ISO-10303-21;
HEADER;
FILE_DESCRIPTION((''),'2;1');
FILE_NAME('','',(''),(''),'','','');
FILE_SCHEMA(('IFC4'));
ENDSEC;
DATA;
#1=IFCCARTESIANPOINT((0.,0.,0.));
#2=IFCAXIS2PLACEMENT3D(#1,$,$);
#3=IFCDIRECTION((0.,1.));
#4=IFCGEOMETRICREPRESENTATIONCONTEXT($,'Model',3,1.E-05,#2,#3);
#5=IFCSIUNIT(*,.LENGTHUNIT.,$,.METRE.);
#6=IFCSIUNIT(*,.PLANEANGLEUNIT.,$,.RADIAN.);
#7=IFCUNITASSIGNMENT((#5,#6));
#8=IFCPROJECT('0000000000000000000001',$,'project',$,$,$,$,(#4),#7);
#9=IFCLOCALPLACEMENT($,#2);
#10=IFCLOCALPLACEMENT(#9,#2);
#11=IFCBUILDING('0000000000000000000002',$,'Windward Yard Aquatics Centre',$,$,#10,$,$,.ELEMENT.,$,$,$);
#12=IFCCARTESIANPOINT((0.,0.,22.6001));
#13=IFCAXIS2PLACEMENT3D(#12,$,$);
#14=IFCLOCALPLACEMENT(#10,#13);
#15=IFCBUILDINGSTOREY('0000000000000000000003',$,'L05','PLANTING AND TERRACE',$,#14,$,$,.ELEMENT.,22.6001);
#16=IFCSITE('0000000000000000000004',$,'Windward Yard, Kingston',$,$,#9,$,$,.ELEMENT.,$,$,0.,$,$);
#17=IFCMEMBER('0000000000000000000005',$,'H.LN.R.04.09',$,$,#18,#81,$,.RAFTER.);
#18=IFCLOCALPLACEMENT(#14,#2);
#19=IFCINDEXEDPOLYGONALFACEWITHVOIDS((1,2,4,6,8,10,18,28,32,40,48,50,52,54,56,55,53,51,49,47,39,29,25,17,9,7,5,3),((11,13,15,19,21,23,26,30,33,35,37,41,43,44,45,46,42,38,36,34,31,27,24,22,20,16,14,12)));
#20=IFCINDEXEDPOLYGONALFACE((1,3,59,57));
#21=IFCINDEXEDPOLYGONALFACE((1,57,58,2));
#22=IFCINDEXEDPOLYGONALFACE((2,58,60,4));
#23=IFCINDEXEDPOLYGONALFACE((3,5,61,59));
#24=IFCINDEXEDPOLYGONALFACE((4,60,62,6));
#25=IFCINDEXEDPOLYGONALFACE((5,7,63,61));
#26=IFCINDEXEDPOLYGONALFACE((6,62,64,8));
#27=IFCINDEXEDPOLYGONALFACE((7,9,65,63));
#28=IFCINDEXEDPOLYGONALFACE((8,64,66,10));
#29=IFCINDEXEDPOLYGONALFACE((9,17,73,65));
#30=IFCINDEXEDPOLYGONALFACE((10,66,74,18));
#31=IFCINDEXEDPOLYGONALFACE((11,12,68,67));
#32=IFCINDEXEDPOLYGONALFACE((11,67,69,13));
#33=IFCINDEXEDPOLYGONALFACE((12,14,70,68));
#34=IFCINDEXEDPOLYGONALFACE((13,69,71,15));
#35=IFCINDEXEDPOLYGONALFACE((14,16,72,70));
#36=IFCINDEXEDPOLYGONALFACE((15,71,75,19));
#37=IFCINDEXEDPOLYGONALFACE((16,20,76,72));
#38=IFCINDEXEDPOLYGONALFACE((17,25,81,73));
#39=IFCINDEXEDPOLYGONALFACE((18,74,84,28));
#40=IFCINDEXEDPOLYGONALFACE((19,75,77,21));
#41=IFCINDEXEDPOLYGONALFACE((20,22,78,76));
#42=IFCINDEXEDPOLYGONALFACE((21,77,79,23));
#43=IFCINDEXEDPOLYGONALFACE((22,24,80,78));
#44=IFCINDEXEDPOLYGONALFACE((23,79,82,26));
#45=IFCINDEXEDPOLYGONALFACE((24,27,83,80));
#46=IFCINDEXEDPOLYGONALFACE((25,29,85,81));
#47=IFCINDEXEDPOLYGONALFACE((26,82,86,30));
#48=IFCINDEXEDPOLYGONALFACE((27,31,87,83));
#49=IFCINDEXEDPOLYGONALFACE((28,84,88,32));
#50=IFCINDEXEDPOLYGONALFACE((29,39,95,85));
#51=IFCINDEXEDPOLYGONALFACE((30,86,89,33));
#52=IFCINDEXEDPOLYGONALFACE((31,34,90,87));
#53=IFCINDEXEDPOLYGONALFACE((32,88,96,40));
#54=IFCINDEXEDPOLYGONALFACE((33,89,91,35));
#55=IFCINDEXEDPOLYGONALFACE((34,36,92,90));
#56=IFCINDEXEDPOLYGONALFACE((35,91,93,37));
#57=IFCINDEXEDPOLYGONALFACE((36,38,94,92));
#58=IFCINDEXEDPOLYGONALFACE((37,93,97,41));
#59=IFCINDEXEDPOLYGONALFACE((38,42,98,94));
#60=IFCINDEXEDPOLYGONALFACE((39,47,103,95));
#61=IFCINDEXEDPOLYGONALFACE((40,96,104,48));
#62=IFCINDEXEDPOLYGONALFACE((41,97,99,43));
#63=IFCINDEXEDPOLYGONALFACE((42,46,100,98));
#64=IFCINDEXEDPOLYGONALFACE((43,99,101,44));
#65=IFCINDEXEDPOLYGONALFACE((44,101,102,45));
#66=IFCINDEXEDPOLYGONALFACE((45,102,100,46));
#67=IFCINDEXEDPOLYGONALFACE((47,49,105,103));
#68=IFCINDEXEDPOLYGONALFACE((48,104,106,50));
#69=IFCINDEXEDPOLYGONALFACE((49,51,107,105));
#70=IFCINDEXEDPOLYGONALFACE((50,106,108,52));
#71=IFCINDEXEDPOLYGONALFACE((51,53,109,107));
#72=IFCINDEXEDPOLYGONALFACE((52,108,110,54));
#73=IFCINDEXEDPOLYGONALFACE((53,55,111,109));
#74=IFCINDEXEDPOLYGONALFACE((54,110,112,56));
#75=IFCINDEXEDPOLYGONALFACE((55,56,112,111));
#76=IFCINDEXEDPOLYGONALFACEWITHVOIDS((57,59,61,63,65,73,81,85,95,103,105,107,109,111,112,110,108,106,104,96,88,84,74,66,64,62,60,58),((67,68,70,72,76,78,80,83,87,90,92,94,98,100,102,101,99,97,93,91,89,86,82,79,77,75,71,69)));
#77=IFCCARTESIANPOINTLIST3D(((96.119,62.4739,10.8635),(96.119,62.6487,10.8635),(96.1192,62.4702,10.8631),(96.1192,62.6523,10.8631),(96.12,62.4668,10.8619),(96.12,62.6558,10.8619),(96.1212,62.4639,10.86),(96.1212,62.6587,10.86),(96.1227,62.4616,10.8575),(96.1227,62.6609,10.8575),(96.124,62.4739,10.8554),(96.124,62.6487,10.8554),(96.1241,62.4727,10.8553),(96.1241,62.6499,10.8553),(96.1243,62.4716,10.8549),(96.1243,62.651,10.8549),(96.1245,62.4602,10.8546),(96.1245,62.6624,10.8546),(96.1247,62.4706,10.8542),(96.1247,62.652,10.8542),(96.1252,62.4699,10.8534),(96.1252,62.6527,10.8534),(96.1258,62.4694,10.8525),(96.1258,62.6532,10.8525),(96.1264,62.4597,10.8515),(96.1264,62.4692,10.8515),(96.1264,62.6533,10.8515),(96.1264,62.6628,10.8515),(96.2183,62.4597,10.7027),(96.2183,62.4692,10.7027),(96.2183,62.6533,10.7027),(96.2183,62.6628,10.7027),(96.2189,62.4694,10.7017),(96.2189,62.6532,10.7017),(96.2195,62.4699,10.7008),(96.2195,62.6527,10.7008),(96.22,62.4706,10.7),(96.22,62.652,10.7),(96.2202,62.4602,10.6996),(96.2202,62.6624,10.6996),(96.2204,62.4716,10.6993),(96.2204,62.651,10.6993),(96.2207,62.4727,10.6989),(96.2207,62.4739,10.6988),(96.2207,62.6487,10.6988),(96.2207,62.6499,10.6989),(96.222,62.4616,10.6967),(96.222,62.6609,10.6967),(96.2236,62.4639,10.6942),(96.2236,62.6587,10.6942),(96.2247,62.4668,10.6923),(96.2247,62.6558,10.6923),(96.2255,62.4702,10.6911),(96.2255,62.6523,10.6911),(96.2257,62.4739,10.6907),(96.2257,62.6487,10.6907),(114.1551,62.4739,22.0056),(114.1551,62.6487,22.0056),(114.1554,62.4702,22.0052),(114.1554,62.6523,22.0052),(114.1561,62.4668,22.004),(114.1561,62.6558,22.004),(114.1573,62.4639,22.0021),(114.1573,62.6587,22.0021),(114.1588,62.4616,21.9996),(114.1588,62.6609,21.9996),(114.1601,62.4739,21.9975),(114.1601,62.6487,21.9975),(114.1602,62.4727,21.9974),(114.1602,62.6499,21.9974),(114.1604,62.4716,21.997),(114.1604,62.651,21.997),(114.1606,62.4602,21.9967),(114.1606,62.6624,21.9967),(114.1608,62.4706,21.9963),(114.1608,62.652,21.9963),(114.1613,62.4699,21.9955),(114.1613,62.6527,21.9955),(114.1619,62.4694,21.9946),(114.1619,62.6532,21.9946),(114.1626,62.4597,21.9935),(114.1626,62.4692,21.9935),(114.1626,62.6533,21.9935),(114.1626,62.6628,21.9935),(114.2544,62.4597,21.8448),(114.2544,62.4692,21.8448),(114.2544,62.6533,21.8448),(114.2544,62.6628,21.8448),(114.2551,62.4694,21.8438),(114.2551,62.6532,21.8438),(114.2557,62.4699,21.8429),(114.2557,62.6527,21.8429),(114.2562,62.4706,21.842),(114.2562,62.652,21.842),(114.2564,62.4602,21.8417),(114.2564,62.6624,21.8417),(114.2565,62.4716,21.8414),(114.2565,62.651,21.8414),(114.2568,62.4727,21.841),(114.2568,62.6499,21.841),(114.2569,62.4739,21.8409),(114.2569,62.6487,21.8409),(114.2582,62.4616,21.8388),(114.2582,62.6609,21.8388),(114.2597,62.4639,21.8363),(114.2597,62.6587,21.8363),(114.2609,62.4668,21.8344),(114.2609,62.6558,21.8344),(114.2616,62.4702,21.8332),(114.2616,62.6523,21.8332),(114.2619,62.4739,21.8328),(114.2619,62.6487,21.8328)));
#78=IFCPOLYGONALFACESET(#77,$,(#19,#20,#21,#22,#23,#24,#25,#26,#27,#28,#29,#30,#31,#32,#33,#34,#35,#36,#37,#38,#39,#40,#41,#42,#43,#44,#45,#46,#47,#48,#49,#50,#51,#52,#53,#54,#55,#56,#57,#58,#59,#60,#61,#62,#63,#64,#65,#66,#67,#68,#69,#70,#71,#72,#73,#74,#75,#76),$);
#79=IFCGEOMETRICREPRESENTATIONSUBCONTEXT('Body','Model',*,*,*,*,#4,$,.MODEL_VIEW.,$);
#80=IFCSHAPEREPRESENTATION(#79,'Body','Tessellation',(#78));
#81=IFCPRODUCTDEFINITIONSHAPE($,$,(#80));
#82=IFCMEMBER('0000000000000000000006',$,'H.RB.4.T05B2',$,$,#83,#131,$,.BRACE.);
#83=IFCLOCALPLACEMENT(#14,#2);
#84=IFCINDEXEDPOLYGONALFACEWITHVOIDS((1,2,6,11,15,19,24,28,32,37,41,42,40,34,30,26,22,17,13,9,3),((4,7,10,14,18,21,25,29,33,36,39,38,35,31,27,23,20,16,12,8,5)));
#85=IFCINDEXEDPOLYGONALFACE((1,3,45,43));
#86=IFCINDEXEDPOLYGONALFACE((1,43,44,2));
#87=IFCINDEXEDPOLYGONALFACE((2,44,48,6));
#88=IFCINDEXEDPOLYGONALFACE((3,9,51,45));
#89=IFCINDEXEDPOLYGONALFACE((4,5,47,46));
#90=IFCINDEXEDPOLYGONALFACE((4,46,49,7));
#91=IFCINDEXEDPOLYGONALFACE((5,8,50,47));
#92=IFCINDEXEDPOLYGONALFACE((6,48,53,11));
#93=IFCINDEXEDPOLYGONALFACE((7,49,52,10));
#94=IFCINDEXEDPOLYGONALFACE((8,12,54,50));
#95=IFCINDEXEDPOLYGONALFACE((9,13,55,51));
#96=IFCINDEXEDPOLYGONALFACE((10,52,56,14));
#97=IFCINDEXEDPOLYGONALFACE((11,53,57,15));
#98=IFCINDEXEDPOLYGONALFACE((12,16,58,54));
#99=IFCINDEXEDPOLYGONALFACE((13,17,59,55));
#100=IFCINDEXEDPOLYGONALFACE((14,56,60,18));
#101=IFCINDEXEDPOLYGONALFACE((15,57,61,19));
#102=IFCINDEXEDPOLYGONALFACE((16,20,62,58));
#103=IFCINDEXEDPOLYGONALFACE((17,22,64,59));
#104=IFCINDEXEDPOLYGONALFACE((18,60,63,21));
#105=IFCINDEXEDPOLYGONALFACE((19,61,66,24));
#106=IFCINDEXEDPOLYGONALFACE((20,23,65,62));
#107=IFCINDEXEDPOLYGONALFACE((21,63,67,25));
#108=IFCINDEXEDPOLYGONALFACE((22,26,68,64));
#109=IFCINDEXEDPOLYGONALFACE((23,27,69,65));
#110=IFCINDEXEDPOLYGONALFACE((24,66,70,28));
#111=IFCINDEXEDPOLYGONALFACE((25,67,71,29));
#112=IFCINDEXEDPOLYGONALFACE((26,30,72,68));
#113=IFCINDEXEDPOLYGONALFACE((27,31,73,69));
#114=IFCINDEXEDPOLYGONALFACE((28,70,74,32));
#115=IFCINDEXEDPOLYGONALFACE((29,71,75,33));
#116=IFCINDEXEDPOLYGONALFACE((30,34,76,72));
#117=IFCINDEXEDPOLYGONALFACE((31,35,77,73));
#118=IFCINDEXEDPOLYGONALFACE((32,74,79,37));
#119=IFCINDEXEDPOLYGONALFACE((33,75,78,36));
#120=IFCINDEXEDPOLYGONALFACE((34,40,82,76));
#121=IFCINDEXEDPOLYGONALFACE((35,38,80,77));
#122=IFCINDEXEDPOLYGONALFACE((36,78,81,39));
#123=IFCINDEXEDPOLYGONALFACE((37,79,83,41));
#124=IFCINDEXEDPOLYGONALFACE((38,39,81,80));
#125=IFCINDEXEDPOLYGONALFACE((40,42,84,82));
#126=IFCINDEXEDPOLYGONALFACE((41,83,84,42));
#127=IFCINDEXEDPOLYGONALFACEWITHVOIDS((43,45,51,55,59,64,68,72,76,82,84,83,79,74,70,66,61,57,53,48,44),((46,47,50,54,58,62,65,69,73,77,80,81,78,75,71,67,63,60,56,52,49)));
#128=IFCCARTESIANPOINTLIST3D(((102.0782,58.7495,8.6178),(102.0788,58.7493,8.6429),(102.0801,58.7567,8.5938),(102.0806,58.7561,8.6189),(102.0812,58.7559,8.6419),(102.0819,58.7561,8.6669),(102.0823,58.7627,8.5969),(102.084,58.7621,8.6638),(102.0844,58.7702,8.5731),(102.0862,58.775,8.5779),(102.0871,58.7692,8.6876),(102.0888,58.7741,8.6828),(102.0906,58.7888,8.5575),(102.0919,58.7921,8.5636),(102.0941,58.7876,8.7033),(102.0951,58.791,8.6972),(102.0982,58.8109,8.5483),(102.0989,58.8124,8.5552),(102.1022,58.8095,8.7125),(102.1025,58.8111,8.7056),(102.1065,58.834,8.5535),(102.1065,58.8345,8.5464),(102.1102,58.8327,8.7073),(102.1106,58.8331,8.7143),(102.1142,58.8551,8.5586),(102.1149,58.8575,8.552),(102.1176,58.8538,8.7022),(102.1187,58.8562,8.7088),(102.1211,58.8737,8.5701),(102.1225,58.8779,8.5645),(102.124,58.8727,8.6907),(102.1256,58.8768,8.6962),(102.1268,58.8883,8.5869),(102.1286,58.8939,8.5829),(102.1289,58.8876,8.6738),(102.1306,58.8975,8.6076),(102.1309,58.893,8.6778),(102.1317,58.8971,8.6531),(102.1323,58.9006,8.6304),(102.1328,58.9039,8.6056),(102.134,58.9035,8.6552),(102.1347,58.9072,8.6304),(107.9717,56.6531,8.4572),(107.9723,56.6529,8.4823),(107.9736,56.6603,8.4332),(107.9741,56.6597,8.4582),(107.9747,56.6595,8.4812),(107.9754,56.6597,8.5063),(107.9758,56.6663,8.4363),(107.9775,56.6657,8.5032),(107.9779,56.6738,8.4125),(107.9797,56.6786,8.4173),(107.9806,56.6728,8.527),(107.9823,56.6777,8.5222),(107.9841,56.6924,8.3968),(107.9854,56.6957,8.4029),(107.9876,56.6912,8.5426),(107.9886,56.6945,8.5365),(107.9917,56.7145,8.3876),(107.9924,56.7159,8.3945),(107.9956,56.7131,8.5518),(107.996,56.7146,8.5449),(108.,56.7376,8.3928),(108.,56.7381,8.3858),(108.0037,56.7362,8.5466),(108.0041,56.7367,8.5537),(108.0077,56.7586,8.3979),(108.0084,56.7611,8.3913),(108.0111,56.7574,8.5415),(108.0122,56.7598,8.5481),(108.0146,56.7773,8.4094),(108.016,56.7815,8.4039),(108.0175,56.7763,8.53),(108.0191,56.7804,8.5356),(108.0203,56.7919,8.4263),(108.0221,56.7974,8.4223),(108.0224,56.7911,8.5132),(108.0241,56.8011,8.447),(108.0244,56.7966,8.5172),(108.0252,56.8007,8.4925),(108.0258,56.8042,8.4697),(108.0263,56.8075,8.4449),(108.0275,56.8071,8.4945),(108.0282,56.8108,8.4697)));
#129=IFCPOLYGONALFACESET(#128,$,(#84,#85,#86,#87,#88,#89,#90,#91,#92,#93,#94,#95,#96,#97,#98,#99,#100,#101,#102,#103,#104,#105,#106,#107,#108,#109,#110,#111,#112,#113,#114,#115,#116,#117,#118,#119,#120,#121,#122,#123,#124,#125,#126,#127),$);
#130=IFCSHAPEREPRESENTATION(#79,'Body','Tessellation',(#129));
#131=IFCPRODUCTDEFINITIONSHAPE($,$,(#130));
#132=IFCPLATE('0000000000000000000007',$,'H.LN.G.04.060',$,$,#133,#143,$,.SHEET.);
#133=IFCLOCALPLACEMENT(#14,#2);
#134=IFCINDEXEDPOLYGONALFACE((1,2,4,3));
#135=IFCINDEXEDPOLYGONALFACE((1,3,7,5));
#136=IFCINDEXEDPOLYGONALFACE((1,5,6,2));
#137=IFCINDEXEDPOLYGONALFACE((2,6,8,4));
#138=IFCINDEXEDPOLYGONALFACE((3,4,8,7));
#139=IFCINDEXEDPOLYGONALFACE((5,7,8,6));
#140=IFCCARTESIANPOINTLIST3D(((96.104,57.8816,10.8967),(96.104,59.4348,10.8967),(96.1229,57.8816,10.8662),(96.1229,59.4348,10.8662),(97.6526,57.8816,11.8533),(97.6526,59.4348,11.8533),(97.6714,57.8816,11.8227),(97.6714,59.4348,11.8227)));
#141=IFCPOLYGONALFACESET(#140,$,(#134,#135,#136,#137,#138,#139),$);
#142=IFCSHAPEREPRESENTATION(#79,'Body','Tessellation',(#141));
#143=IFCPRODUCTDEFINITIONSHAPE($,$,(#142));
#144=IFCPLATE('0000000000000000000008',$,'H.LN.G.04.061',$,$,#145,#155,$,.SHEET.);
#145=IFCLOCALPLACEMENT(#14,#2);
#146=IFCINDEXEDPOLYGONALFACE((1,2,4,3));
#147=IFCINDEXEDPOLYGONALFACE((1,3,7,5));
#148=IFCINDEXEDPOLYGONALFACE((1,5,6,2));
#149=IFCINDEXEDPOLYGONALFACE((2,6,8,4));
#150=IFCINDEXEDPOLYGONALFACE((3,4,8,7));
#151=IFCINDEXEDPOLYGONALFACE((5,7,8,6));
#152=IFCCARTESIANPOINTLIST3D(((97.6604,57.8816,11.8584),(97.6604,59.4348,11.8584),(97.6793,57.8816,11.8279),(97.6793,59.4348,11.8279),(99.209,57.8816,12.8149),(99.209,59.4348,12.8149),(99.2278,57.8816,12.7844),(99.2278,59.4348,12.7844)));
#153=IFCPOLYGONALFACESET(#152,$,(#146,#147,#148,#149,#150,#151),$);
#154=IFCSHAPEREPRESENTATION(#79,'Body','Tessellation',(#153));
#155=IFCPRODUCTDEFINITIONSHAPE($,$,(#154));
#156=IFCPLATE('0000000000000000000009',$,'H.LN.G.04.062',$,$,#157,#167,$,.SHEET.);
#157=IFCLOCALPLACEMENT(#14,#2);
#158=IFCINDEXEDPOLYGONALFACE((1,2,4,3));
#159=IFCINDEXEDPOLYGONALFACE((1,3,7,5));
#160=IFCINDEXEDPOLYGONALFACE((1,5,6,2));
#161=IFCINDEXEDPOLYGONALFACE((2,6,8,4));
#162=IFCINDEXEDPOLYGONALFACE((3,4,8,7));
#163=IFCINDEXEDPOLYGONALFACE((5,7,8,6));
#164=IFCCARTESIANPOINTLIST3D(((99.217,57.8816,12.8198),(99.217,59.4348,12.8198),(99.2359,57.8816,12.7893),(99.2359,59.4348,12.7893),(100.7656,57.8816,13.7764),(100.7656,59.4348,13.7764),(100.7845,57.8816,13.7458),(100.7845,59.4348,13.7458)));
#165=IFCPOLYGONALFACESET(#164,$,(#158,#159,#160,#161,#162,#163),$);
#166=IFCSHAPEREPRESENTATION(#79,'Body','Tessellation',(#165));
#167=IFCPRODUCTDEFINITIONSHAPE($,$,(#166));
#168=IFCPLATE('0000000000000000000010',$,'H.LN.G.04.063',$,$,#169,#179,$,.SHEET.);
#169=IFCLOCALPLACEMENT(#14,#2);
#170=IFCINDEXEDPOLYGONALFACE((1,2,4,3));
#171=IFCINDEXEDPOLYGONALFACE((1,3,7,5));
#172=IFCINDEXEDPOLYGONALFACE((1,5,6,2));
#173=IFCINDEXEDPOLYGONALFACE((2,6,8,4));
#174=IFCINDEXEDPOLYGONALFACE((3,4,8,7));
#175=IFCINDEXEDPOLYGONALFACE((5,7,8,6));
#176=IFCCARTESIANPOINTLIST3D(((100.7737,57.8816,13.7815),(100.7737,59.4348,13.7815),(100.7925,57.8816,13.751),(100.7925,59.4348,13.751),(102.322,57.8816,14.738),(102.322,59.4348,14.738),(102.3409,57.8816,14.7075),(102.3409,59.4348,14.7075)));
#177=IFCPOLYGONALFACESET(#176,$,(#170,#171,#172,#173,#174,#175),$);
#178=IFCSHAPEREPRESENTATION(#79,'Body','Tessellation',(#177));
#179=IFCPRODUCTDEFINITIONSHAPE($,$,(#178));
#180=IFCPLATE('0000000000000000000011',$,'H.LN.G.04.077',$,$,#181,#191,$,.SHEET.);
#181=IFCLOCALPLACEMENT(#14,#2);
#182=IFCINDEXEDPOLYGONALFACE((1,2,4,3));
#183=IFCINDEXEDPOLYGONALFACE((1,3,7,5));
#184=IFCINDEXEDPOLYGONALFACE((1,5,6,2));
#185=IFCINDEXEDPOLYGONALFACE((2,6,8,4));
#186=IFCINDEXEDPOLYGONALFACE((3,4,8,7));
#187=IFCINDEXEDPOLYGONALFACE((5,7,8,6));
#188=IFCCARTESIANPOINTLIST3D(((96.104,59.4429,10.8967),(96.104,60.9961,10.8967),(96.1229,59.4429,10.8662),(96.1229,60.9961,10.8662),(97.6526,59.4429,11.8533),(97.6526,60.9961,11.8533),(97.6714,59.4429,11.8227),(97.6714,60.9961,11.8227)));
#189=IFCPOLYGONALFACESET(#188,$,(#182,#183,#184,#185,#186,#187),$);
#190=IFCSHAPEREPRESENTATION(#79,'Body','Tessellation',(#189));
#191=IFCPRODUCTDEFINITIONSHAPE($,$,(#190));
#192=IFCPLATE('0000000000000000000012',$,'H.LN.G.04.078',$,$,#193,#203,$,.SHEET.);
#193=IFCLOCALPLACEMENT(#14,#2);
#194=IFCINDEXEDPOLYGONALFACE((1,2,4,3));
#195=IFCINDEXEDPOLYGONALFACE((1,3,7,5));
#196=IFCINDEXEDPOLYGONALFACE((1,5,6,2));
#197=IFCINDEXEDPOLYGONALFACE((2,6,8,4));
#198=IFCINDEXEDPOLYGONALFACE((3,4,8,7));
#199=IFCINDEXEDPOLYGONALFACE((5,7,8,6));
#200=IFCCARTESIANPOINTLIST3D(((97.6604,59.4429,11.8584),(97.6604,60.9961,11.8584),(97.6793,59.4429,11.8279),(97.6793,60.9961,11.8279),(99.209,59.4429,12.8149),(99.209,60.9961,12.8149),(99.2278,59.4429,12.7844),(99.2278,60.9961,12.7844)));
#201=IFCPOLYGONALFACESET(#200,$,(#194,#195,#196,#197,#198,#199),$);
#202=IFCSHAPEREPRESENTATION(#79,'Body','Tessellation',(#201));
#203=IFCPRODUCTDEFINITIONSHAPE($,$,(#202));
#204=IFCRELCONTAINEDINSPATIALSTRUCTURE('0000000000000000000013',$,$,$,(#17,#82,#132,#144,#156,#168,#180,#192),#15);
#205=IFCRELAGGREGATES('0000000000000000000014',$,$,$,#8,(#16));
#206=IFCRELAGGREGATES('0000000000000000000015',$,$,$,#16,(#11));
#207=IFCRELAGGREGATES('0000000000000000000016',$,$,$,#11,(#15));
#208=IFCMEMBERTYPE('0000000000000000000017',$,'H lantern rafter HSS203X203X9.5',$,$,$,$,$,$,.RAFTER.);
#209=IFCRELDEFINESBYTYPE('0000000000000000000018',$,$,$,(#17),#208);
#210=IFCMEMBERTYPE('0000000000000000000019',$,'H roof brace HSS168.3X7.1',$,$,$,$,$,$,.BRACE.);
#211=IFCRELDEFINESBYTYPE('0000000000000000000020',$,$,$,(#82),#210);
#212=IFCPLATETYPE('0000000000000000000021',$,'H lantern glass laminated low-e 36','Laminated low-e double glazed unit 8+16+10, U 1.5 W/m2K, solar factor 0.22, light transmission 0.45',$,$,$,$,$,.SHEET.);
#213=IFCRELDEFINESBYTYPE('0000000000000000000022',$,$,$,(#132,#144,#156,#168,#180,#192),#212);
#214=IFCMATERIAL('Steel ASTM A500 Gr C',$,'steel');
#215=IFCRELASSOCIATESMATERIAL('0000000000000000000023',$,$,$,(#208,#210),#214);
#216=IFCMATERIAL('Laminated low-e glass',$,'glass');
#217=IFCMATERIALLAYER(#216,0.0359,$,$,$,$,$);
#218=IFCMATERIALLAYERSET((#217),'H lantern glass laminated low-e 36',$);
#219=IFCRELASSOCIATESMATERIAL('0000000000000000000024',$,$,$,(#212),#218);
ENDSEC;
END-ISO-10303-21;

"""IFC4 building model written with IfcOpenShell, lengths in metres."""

from ifc_helpers import new_model, si_unit, direction, frame, origin, origin_2d, place, context, subcontext, project, spatial, polyline, hollow_rectangle, hollow_circle, outline, extrude, material, layer, layer_set, material_profile, profile_set, type_object, element, save


model = new_model("IFC4")

# Units and contexts
model_context = context("Model", 3, precision=1e-05, world=origin(), true_north=direction((0.0, 1.0)))
body_context = subcontext(model_context, "Body", "Model", "MODEL_VIEW")
ifc_project = project(units=[si_unit("LENGTHUNIT", "METRE"), si_unit("PLANEANGLEUNIT", "RADIAN")], contexts=[model_context])

# Site, building, storey
site_placement = place(None, origin())
site = spatial("IfcSite", under=ifc_project, at=site_placement, Name="Windward Yard, Kingston", CompositionType="ELEMENT", RefElevation=0.0)
building_placement = place(site_placement, origin())
building = spatial("IfcBuilding", under=site, at=building_placement, Name="Windward Yard Aquatics Centre", CompositionType="ELEMENT")
storey_placement = place(building_placement, frame((0.0, 0.0, 22.6001)))
storey = spatial("IfcBuildingStorey", under=building, at=storey_placement, Name="L05", Description="PLANTING AND TERRACE", CompositionType="ELEMENT", Elevation=22.6001)

# Members
ifc_material_1 = material(Name="Steel ASTM A500 Gr C", Category="steel")
ifc_material_profile_1 = material_profile(ifc_material_1, hollow_rectangle(XDim=0.2031, YDim=0.2031, WallThickness=0.0095, InnerFilletRadius=0.0046, OuterFilletRadius=0.0142, at=origin_2d()), Name="HSS203X203X9.5")
ifc_profile_set_1 = profile_set([ifc_material_profile_1], Name="Steel ASTM A500 Gr C")
member_type_1 = type_object("IfcMemberType", Name="H lantern rafter HSS203X203X9.5", PredefinedType="RAFTER", material=ifc_profile_set_1)
member_1_placement = place(storey_placement, frame((96.1724, 62.5613, 10.7771), z_axis=(0.850753, 0.0, 0.525565), x_axis=(0.0, 1.0, 0.0)))
element("IfcMember", 1, at=member_1_placement, inside=storey, type_object=member_type_1, Name="H.LN.R.04.09", PredefinedType="RAFTER", context=body_context, shape_type="SweptSolid", body=[
    extrude(hollow_rectangle(XDim=0.2031, YDim=0.2031, WallThickness=0.0095, InnerFilletRadius=0.0046, OuterFilletRadius=0.0142, at=origin_2d()), origin(), (0.0, 0.0, 1.0), 21.2002),
])
ifc_material_profile_2 = material_profile(ifc_material_1, hollow_circle(Radius=0.0842, WallThickness=0.0071, at=origin_2d()), Name="HSS168.3X7.1")
ifc_profile_set_2 = profile_set([ifc_material_profile_2], Name="Steel ASTM A500 Gr C")
member_type_2 = type_object("IfcMemberType", Name="H roof brace HSS168.3X7.1", PredefinedType="BRACE", material=ifc_profile_set_2)
member_2_placement = place(storey_placement, frame((102.1064, 58.8279, 8.6304), z_axis=(0.941856, -0.335034, -0.025673), x_axis=(0.335144, 0.942167, 0.0)))
element("IfcMember", 2, at=member_2_placement, inside=storey, type_object=member_type_2, Name="H.RB.4.T05B2", PredefinedType="BRACE", context=body_context, shape_type="SweptSolid", body=[
    extrude(hollow_circle(Radius=0.0842, WallThickness=0.0071, at=origin_2d()), origin(), (0.0, 0.0, 1.0), 6.2573),
])

# Plates
ifc_material_2 = material(Name="Laminated low-e glass", Category="glass")
ifc_layer_1 = layer(ifc_material_2, 0.0359)
ifc_layer_set_1 = layer_set([ifc_layer_1], Name="H lantern glass laminated low-e 36")
plate_type = type_object("IfcPlateType", Name="H lantern glass laminated low-e 36", Description="Laminated low-e double glazed unit 8+16+10, U 1.5 W/m2K, solar factor 0.22, light transmission 0.45", PredefinedType="SHEET", material=ifc_layer_set_1)
for number, where, z_axis, x_axis, name in (
    (3, (96.104, 57.8816, 10.8967), (-0.525519, 0.0, 0.850782), (0.0, 1.0, 0.0), "H.LN.G.04.060"),
    (4, (97.6604, 57.8816, 11.8584), (-0.525519, 0.0, 0.850782), (0.0, 1.0, 0.0), "H.LN.G.04.061"),
    (5, (99.217, 57.8816, 12.8198), (-0.525519, 0.0, 0.850782), (0.0, 1.0, 0.0), "H.LN.G.04.062"),
):
    element("IfcPlate", number, at=place(storey_placement, frame(where, z_axis=z_axis, x_axis=x_axis)), inside=storey, type_object=plate_type, Name=name, PredefinedType="SHEET", context=body_context, shape_type="SweptSolid", body=[
        extrude(outline(polyline([(0.0, 0.0), (1.5532, 0.0), (1.5532, -1.8202), (0.0, -1.8202), (0.0, 0.0)])), origin(), (0.0, 0.0, -1.0), 0.0359),
    ])
plate_1_placement = place(storey_placement, frame((100.7737, 57.8816, 13.7815), z_axis=(-0.525579, 0.0, 0.850745), x_axis=(0.0, 1.0, 0.0)))
element("IfcPlate", 6, at=plate_1_placement, inside=storey, type_object=plate_type, Name="H.LN.G.04.063", PredefinedType="SHEET", context=body_context, shape_type="SweptSolid", body=[
    extrude(outline(polyline([(0.0, 0.0), (1.5532, 0.0), (1.5532, -1.82), (0.0, -1.82), (0.0, 0.0)])), origin(), (0.0, 0.0, -1.0), 0.0359),
])
for number, where, z_axis, x_axis, name in (
    (7, (96.104, 59.4429, 10.8967), (-0.525519, 0.0, 0.850782), (0.0, 1.0, 0.0), "H.LN.G.04.077"),
    (8, (97.6604, 59.4429, 11.8584), (-0.525519, 0.0, 0.850782), (0.0, 1.0, 0.0), "H.LN.G.04.078"),
):
    element("IfcPlate", number, at=place(storey_placement, frame(where, z_axis=z_axis, x_axis=x_axis)), inside=storey, type_object=plate_type, Name=name, PredefinedType="SHEET", context=body_context, shape_type="SweptSolid", body=[
        extrude(outline(polyline([(0.0, 0.0), (1.5532, 0.0), (1.5532, -1.8202), (0.0, -1.8202), (0.0, 0.0)])), origin(), (0.0, 0.0, -1.0), 0.0359),
    ])

save(model, "model.ifc")
